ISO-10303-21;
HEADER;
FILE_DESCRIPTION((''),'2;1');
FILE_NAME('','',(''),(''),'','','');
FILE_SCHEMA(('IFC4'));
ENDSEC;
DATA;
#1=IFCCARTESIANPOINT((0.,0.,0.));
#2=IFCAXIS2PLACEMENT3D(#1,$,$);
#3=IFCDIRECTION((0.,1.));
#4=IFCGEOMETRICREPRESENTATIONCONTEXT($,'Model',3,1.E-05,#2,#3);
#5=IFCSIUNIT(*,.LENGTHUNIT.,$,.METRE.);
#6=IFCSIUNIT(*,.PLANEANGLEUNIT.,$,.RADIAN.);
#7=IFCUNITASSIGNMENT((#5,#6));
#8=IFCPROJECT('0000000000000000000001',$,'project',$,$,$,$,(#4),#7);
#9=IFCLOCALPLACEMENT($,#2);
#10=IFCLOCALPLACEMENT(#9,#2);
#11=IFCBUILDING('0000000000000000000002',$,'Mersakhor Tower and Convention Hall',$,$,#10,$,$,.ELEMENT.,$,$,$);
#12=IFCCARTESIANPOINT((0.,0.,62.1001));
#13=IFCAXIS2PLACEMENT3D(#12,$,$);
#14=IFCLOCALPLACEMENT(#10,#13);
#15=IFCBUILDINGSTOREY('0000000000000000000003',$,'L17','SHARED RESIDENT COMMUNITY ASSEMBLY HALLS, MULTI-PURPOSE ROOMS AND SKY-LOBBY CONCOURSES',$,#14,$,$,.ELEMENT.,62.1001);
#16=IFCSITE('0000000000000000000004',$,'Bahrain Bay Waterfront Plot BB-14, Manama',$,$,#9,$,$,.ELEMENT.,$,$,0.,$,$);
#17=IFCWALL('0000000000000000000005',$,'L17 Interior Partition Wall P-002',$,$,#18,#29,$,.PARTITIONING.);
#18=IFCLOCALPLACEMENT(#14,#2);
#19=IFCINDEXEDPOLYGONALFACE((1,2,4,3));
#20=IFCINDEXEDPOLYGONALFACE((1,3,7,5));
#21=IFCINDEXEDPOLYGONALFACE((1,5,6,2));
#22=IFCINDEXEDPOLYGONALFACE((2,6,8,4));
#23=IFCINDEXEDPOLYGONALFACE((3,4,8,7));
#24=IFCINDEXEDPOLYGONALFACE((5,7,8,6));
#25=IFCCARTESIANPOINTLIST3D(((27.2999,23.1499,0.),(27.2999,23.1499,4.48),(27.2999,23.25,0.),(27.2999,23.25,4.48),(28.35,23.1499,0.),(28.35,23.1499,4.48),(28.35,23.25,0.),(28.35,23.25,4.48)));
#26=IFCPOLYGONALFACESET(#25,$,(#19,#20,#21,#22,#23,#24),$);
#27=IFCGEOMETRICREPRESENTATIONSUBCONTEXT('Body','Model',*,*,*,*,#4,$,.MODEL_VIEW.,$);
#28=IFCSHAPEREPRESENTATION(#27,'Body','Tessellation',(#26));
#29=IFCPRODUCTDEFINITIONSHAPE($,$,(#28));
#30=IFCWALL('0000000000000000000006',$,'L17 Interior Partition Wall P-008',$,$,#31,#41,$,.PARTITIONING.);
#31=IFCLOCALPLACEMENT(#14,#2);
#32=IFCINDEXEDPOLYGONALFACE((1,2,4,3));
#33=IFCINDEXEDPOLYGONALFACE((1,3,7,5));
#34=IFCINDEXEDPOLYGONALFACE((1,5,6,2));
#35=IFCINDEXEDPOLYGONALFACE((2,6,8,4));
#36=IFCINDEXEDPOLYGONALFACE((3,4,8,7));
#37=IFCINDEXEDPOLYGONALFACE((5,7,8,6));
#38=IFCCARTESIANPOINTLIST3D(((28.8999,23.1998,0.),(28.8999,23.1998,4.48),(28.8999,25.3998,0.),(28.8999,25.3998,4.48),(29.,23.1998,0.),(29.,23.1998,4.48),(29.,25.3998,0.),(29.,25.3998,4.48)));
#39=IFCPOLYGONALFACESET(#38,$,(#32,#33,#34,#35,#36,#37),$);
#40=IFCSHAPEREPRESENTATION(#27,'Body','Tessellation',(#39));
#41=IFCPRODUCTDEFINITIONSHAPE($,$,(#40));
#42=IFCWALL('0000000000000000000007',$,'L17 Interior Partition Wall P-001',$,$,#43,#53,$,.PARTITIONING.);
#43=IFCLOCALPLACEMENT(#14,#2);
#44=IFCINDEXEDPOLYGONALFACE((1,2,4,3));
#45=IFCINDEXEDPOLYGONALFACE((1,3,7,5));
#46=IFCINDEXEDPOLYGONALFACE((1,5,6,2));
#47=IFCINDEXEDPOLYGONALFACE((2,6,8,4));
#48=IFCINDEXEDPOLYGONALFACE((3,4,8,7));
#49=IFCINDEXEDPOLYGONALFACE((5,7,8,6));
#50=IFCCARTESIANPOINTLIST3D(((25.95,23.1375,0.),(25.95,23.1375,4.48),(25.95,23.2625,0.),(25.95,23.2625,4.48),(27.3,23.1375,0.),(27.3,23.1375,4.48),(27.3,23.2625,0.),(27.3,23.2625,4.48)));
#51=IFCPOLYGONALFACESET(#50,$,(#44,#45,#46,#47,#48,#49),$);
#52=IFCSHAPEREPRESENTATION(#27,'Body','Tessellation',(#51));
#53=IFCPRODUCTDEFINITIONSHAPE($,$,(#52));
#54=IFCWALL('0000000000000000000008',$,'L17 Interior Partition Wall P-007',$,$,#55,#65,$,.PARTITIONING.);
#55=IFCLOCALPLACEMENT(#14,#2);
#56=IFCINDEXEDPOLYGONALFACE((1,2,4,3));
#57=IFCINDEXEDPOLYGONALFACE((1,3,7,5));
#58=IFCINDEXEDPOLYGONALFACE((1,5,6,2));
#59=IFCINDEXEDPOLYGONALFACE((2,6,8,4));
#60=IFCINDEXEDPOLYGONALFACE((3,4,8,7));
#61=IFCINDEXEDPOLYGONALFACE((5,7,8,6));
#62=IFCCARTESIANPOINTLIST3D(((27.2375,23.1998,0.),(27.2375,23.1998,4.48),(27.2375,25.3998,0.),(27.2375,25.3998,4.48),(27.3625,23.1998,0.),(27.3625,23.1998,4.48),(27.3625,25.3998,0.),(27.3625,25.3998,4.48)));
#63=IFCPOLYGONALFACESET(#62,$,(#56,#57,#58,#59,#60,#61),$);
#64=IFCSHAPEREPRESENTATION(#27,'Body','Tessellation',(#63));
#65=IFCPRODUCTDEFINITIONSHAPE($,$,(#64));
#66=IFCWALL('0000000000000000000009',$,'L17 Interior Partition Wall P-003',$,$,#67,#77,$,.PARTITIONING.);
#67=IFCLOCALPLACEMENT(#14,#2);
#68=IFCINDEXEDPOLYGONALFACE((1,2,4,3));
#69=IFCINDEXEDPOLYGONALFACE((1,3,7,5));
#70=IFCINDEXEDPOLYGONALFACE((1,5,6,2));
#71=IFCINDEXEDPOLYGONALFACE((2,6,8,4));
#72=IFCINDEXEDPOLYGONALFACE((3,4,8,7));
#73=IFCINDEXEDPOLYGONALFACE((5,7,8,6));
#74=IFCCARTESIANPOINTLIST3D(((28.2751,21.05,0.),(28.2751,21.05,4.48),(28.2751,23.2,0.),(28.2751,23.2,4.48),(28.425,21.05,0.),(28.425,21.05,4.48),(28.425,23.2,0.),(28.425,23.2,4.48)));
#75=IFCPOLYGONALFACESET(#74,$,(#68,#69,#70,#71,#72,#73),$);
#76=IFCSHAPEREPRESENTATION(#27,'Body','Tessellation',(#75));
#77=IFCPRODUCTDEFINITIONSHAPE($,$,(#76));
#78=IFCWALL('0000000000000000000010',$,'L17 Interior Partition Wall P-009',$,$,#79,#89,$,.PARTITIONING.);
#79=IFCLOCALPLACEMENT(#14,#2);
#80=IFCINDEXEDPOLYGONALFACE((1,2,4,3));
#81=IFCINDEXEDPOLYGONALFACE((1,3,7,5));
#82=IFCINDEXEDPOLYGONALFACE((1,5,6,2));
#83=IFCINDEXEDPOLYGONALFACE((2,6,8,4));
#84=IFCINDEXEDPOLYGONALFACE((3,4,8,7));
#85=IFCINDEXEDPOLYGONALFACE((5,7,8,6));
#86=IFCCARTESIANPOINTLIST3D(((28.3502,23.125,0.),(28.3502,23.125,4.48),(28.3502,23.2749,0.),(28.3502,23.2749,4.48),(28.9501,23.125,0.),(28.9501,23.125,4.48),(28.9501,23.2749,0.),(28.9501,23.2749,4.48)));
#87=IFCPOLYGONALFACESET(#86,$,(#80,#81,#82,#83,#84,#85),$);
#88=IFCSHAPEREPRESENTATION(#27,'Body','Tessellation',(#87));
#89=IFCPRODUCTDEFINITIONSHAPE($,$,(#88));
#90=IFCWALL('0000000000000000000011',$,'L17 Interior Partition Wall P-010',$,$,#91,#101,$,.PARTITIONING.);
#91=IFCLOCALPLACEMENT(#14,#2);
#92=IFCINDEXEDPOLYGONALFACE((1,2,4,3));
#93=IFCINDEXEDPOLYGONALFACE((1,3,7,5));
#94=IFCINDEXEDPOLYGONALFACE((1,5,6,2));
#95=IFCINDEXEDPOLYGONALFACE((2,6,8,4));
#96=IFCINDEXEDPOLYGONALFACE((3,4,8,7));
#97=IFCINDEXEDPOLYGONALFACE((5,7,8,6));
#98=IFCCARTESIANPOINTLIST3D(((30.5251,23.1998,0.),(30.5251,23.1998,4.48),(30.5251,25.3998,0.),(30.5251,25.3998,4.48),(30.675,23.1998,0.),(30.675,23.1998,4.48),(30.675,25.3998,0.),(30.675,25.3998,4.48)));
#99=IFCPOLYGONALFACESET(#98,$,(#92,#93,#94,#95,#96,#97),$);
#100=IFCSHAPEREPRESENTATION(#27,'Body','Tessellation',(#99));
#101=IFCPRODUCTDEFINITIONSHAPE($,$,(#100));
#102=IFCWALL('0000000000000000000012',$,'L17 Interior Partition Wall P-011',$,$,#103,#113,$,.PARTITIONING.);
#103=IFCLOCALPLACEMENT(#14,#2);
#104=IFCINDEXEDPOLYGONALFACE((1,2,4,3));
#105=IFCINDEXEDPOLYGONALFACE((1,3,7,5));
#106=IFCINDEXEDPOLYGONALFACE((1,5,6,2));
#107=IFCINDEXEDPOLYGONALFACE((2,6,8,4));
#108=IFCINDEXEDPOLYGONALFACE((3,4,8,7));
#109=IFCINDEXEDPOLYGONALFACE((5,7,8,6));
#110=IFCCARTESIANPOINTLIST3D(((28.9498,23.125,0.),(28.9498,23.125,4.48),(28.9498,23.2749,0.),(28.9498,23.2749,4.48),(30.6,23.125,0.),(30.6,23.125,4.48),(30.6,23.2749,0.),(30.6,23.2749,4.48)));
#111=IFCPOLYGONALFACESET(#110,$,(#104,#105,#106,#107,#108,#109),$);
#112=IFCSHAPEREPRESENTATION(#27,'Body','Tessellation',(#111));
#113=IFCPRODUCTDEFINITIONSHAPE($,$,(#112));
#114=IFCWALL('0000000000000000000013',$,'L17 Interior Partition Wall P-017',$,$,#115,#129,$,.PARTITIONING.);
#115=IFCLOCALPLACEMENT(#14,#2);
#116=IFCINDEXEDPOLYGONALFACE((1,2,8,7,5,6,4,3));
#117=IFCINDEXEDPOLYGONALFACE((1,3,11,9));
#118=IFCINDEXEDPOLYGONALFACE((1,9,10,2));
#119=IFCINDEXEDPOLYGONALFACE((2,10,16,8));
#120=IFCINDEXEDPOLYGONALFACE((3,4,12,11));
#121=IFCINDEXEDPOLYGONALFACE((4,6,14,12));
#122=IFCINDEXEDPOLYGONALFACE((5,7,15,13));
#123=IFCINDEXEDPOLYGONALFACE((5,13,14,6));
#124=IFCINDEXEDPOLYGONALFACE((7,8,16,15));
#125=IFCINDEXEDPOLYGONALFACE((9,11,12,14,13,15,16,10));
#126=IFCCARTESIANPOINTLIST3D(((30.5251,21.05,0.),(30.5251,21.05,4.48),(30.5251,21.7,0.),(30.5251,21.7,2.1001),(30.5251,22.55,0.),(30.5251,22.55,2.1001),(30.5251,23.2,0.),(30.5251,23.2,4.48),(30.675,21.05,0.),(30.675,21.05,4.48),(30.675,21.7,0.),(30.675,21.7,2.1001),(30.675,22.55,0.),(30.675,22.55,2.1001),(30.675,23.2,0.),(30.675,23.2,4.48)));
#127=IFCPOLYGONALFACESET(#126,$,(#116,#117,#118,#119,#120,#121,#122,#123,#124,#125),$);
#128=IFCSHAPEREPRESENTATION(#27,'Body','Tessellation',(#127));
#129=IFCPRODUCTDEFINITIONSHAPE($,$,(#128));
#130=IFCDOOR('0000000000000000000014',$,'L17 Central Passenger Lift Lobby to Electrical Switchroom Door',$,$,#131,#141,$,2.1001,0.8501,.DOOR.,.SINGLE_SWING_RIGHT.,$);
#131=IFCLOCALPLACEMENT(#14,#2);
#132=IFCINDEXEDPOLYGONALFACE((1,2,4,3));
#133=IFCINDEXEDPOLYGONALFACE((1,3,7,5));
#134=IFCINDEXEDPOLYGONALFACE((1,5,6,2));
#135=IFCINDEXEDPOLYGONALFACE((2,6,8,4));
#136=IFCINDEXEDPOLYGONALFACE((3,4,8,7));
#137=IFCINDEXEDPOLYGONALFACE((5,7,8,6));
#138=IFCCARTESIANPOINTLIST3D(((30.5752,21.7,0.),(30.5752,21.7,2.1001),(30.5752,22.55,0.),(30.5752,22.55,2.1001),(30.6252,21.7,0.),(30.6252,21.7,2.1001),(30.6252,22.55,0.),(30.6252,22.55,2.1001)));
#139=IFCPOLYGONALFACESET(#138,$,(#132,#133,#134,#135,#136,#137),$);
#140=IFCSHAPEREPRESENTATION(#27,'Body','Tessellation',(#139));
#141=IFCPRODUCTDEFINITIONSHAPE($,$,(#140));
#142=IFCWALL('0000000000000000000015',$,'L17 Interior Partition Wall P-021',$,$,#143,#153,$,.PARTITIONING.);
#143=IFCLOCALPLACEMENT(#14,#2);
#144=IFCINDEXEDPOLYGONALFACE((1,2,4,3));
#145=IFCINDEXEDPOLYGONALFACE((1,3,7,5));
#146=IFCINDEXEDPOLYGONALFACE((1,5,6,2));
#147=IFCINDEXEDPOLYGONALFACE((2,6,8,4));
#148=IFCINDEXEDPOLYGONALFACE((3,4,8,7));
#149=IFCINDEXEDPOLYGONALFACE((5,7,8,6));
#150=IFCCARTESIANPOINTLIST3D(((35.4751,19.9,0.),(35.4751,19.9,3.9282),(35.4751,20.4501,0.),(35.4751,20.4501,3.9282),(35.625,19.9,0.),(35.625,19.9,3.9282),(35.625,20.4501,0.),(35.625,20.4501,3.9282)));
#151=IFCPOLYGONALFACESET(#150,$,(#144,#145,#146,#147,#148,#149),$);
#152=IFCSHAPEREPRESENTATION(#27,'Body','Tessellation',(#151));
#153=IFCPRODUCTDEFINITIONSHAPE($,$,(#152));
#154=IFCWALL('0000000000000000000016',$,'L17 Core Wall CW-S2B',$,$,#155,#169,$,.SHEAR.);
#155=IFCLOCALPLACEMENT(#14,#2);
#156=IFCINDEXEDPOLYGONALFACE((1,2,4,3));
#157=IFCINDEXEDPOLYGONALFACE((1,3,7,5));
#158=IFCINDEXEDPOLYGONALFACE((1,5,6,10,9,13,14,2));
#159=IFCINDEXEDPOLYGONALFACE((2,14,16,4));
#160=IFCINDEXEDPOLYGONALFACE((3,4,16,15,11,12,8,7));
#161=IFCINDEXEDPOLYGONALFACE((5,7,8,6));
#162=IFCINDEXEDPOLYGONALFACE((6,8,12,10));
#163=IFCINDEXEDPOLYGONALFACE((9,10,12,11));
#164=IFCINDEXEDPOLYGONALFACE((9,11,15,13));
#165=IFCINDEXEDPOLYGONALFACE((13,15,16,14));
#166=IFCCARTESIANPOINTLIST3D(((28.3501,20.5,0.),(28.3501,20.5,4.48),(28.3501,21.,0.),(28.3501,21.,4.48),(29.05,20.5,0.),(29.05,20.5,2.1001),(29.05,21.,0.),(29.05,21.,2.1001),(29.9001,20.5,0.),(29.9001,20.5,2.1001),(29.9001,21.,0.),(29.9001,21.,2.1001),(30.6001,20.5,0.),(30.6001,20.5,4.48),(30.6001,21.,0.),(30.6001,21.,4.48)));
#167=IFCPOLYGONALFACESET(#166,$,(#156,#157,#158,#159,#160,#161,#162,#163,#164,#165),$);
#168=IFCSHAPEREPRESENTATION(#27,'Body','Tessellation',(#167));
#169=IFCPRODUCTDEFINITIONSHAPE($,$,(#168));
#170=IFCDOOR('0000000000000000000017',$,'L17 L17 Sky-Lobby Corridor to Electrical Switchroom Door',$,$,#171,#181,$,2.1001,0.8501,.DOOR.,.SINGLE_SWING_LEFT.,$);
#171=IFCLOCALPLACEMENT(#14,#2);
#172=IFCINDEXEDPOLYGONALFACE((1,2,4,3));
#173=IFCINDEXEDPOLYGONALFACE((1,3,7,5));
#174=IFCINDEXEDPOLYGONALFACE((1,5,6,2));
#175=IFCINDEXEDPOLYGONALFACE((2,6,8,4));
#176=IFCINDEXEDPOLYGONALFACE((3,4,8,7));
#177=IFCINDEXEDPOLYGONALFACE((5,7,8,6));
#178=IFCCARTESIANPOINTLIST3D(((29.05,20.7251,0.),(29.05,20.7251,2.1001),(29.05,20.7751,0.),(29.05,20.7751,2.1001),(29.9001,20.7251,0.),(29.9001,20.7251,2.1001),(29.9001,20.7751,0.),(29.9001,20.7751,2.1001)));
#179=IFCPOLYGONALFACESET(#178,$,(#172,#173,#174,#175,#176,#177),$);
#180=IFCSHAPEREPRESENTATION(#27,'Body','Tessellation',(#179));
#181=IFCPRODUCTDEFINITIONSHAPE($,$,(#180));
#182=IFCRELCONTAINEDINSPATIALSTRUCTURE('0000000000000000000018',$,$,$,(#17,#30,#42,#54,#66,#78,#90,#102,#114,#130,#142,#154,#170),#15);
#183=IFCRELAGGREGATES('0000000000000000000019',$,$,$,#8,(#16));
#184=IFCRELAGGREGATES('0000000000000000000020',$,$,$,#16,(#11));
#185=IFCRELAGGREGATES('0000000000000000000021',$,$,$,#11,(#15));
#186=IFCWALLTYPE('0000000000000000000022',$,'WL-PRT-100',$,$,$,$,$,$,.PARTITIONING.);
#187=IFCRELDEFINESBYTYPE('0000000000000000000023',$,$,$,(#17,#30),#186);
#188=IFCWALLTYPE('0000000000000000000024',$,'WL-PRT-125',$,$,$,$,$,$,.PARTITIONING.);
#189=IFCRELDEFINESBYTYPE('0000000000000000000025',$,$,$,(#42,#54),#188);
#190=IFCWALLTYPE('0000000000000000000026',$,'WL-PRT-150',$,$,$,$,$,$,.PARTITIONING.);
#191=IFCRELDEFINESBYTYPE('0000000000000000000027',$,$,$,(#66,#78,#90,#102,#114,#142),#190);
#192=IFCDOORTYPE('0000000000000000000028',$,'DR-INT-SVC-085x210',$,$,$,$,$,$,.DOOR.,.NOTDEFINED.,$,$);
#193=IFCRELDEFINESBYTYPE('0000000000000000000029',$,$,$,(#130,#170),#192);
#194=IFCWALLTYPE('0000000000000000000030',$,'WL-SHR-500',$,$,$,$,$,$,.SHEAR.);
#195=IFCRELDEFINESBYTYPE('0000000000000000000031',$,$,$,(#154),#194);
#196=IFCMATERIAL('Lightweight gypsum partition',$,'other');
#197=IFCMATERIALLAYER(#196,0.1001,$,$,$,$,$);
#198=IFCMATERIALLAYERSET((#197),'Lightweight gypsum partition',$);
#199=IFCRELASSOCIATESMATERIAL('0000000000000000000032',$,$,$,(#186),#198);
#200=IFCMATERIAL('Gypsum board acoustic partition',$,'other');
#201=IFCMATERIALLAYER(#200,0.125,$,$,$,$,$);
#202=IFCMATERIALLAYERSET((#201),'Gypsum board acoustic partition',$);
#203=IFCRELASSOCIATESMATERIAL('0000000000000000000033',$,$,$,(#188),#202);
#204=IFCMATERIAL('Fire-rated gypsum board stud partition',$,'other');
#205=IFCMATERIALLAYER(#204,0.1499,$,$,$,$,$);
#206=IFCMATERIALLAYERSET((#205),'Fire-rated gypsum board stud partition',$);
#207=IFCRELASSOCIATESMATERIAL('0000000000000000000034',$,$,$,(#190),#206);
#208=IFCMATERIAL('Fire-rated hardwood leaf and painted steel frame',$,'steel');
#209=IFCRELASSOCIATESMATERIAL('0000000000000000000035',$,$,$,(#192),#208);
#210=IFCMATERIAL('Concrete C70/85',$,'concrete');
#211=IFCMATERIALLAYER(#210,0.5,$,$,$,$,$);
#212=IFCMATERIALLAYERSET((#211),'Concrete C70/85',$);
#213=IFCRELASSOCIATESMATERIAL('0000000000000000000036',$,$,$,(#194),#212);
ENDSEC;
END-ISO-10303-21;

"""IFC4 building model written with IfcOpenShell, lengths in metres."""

from ifc_helpers import new_model, si_unit, direction, frame, frame_2d, origin, place, context, subcontext, project, spatial, rectangle, extrude, material, layer, layer_set, type_object, element, fill, save


model = new_model("IFC4")

# Units and contexts
model_context = context("Model", 3, precision=1e-05, world=origin(), true_north=direction((0.0, 1.0)))
body_context = subcontext(model_context, "Body", "Model", "MODEL_VIEW")
ifc_project = project(units=[si_unit("LENGTHUNIT", "METRE"), si_unit("PLANEANGLEUNIT", "RADIAN")], contexts=[model_context])

# Site, building, storey
site_placement = place(None, origin())
site = spatial("IfcSite", under=ifc_project, at=site_placement, Name="Bahrain Bay Waterfront Plot BB-14, Manama", CompositionType="ELEMENT", RefElevation=0.0)
building_placement = place(site_placement, origin())
building = spatial("IfcBuilding", under=site, at=building_placement, Name="Mersakhor Tower and Convention Hall", CompositionType="ELEMENT")
storey_placement = place(building_placement, frame((0.0, 0.0, 62.1001)))
storey = spatial("IfcBuildingStorey", under=building, at=storey_placement, Name="L17", Description="SHARED RESIDENT COMMUNITY ASSEMBLY HALLS, MULTI-PURPOSE ROOMS AND SKY-LOBBY CONCOURSES", CompositionType="ELEMENT", Elevation=62.1001)

# Walls
ifc_material_1 = material(Name="Lightweight gypsum partition", Category="other")
ifc_layer_1 = layer(ifc_material_1, 0.1001)
ifc_layer_set_1 = layer_set([ifc_layer_1], Name="Lightweight gypsum partition")
wall_type_1 = type_object("IfcWallType", Name="WL-PRT-100", PredefinedType="PARTITIONING", material=ifc_layer_set_1)
wall_1_placement = place(storey_placement, frame((27.3, 23.2, 0.0), z_axis=(0.0, 0.0, 1.0), x_axis=(1.0, 0.0, 0.0)))
element("IfcWall", 1, at=wall_1_placement, inside=storey, type_object=wall_type_1, Name="L17 Interior Partition Wall P-002", PredefinedType="PARTITIONING", context=body_context, shape_type="SweptSolid", body=[
    extrude(rectangle(XDim=1.05, YDim=0.1001, at=frame_2d((0.5249, 0.0))), origin(), (0.0, 0.0, 1.0), 4.48),
])
wall_2_placement = place(storey_placement, frame((28.95, 25.3999, 0.0), z_axis=(0.0, 0.0, 1.0), x_axis=(0.0, -1.0, 0.0)))
element("IfcWall", 2, at=wall_2_placement, inside=storey, type_object=wall_type_1, Name="L17 Interior Partition Wall P-008", PredefinedType="PARTITIONING", context=body_context, shape_type="SweptSolid", body=[
    extrude(rectangle(XDim=2.2, YDim=0.1001, at=frame_2d((1.1001, 0.0))), origin(), (0.0, 0.0, 1.0), 4.48),
])
ifc_material_2 = material(Name="Gypsum board acoustic partition", Category="other")
ifc_layer_2 = layer(ifc_material_2, 0.125)
ifc_layer_set_2 = layer_set([ifc_layer_2], Name="Gypsum board acoustic partition")
wall_type_2 = type_object("IfcWallType", Name="WL-PRT-125", PredefinedType="PARTITIONING", material=ifc_layer_set_2)
wall_3_placement = place(storey_placement, frame((25.95, 23.2, 0.0), z_axis=(0.0, 0.0, 1.0), x_axis=(1.0, 0.0, 0.0)))
element("IfcWall", 3, at=wall_3_placement, inside=storey, type_object=wall_type_2, Name="L17 Interior Partition Wall P-001", PredefinedType="PARTITIONING", context=body_context, shape_type="SweptSolid", body=[
    extrude(rectangle(XDim=1.3501, YDim=0.125, at=frame_2d((0.675, 0.0))), origin(), (0.0, 0.0, 1.0), 4.48),
])
wall_4_placement = place(storey_placement, frame((27.3, 25.3999, 0.0), z_axis=(0.0, 0.0, 1.0), x_axis=(0.0, -1.0, 0.0)))
element("IfcWall", 4, at=wall_4_placement, inside=storey, type_object=wall_type_2, Name="L17 Interior Partition Wall P-007", PredefinedType="PARTITIONING", context=body_context, shape_type="SweptSolid", body=[
    extrude(rectangle(XDim=2.2, YDim=0.125, at=frame_2d((1.1001, 0.0))), origin(), (0.0, 0.0, 1.0), 4.48),
])
ifc_material_3 = material(Name="Fire-rated gypsum board stud partition", Category="other")
ifc_layer_3 = layer(ifc_material_3, 0.1499)
ifc_layer_set_3 = layer_set([ifc_layer_3], Name="Fire-rated gypsum board stud partition")
wall_type_3 = type_object("IfcWallType", Name="WL-PRT-150", PredefinedType="PARTITIONING", material=ifc_layer_set_3)
wall_5_placement = place(storey_placement, frame((28.3501, 23.2, 0.0), z_axis=(0.0, 0.0, 1.0), x_axis=(0.0, -1.0, 0.0)))
element("IfcWall", 5, at=wall_5_placement, inside=storey, type_object=wall_type_3, Name="L17 Interior Partition Wall P-003", PredefinedType="PARTITIONING", context=body_context, shape_type="SweptSolid", body=[
    extrude(rectangle(XDim=2.1499, YDim=0.1499, at=frame_2d((1.075, 0.0))), origin(), (0.0, 0.0, 1.0), 4.48),
])
wall_6_placement = place(storey_placement, frame((28.95, 23.2, 0.0), z_axis=(0.0, 0.0, 1.0), x_axis=(-1.0, 0.0, 0.0)))
element("IfcWall", 6, at=wall_6_placement, inside=storey, type_object=wall_type_3, Name="L17 Interior Partition Wall P-009", PredefinedType="PARTITIONING", context=body_context, shape_type="SweptSolid", body=[
    extrude(rectangle(XDim=0.5999, YDim=0.1499, at=frame_2d((0.2998, 0.0))), origin(), (0.0, 0.0, 1.0), 4.48),
])
wall_7_placement = place(storey_placement, frame((30.6001, 25.3999, 0.0), z_axis=(0.0, 0.0, 1.0), x_axis=(0.0, -1.0, 0.0)))
element("IfcWall", 7, at=wall_7_placement, inside=storey, type_object=wall_type_3, Name="L17 Interior Partition Wall P-010", PredefinedType="PARTITIONING", context=body_context, shape_type="SweptSolid", body=[
    extrude(rectangle(XDim=2.2, YDim=0.1499, at=frame_2d((1.1001, 0.0))), origin(), (0.0, 0.0, 1.0), 4.48),
])
wall_8_placement = place(storey_placement, frame((30.6001, 23.2, 0.0), z_axis=(0.0, 0.0, 1.0), x_axis=(-1.0, 0.0, 0.0)))
element("IfcWall", 8, at=wall_8_placement, inside=storey, type_object=wall_type_3, Name="L17 Interior Partition Wall P-011", PredefinedType="PARTITIONING", context=body_context, shape_type="SweptSolid", body=[
    extrude(rectangle(XDim=1.6501, YDim=0.1499, at=frame_2d((0.8252, 0.0))), origin(), (0.0, 0.0, 1.0), 4.48),
])

# Wall, opening, door
wall_9_placement = place(storey_placement, frame((30.6001, 21.05, 0.0), z_axis=(0.0, 0.0, 1.0), x_axis=(0.0, 1.0, 0.0)))
wall_9 = element("IfcWall", 9, at=wall_9_placement, inside=storey, type_object=wall_type_3, Name="L17 Interior Partition Wall P-017", PredefinedType="PARTITIONING", context=body_context, shape_type="SweptSolid", body=[
    extrude(rectangle(XDim=2.1499, YDim=0.1499, at=frame_2d((1.075, 0.0))), origin(), (0.0, 0.0, 1.0), 4.48),
])
opening_1_placement = place(wall_9_placement, frame((0.6499, 0.0, 0.0)))
opening_1 = element("IfcOpeningElement", 10, at=opening_1_placement, cuts=wall_9, PredefinedType="OPENING", context=body_context, shape_type="SweptSolid", body=[
    extrude(rectangle(XDim=0.8501, YDim=2.1001, at=frame_2d((0.425, 1.05))), frame((0.0, 0.085, 0.0), z_axis=(0.0, -1.0, 0.0), x_axis=(1.0, 0.0, 0.0)), (0.0, 0.0, 1.0), 0.1699),
])
ifc_material_4 = material(Name="Fire-rated hardwood leaf and painted steel frame", Category="steel")
door_type_1 = type_object("IfcDoorType", Name="DR-INT-SVC-085x210", OperationType="NOTDEFINED", PredefinedType="DOOR", material=ifc_material_4)
door_1_placement = place(opening_1_placement, origin())
door_1 = element("IfcDoor", 11, at=door_1_placement, inside=storey, type_object=door_type_1, Name="L17 Central Passenger Lift Lobby to Electrical Switchroom Door", OperationType="SINGLE_SWING_RIGHT", OverallHeight=2.1001, OverallWidth=0.8501, PredefinedType="DOOR", context=body_context, shape_type="SweptSolid", body=[
    extrude(rectangle(XDim=0.8501, YDim=2.1001, at=frame_2d((0.425, 1.05))), frame((0.0, 0.0249, 0.0), z_axis=(0.0, -1.0, 0.0), x_axis=(1.0, 0.0, 0.0)), (0.0, 0.0, 1.0), 0.05),
])
fill(opening_1, door_1)

# Wall
wall_10_placement = place(storey_placement, frame((35.55, 20.45, 0.0), z_axis=(0.0, 0.0, 1.0), x_axis=(0.0, -1.0, 0.0)))
element("IfcWall", 12, at=wall_10_placement, inside=storey, type_object=wall_type_3, Name="L17 Interior Partition Wall P-021", PredefinedType="PARTITIONING", context=body_context, shape_type="SweptSolid", body=[
    extrude(rectangle(XDim=0.55, YDim=0.1499, at=frame_2d((0.2749, 0.0))), origin(), (0.0, 0.0, 1.0), 3.9282),
])

# Wall, opening, door
ifc_material_5 = material(Name="Concrete C70/85", Category="concrete")
ifc_layer_4 = layer(ifc_material_5, 0.5)
ifc_layer_set_4 = layer_set([ifc_layer_4], Name="Concrete C70/85")
wall_type_4 = type_object("IfcWallType", Name="WL-SHR-500", PredefinedType="SHEAR", material=ifc_layer_set_4)
wall_11_placement = place(storey_placement, frame((30.6001, 20.75, 0.0), z_axis=(0.0, 0.0, 1.0), x_axis=(-1.0, 0.0, 0.0)))
wall_11 = element("IfcWall", 13, at=wall_11_placement, inside=storey, type_object=wall_type_4, Name="L17 Core Wall CW-S2B", PredefinedType="SHEAR", context=body_context, shape_type="SweptSolid", body=[
    extrude(rectangle(XDim=2.25, YDim=0.5, at=frame_2d((1.125, 0.0))), origin(), (0.0, 0.0, 1.0), 4.48),
])
opening_2_placement = place(wall_11_placement, frame((0.7, 0.0, 0.0)))
opening_2 = element("IfcOpeningElement", 14, at=opening_2_placement, cuts=wall_11, PredefinedType="OPENING", context=body_context, shape_type="SweptSolid", body=[
    extrude(rectangle(XDim=0.8501, YDim=2.1001, at=frame_2d((0.425, 1.05))), frame((0.0, 0.26, 0.0), z_axis=(0.0, -1.0, 0.0), x_axis=(1.0, 0.0, 0.0)), (0.0, 0.0, 1.0), 0.52),
])
door_2_placement = place(opening_2_placement, origin())
door_2 = element("IfcDoor", 15, at=door_2_placement, inside=storey, type_object=door_type_1, Name="L17 L17 Sky-Lobby Corridor to Electrical Switchroom Door", OperationType="SINGLE_SWING_LEFT", OverallHeight=2.1001, OverallWidth=0.8501, PredefinedType="DOOR", context=body_context, shape_type="SweptSolid", body=[
    extrude(rectangle(XDim=0.8501, YDim=2.1001, at=frame_2d((0.425, 1.05))), frame((0.0, 0.0249, 0.0), z_axis=(0.0, -1.0, 0.0), x_axis=(1.0, 0.0, 0.0)), (0.0, 0.0, 1.0), 0.05),
])
fill(opening_2, door_2)

save(model, "model.ifc")
